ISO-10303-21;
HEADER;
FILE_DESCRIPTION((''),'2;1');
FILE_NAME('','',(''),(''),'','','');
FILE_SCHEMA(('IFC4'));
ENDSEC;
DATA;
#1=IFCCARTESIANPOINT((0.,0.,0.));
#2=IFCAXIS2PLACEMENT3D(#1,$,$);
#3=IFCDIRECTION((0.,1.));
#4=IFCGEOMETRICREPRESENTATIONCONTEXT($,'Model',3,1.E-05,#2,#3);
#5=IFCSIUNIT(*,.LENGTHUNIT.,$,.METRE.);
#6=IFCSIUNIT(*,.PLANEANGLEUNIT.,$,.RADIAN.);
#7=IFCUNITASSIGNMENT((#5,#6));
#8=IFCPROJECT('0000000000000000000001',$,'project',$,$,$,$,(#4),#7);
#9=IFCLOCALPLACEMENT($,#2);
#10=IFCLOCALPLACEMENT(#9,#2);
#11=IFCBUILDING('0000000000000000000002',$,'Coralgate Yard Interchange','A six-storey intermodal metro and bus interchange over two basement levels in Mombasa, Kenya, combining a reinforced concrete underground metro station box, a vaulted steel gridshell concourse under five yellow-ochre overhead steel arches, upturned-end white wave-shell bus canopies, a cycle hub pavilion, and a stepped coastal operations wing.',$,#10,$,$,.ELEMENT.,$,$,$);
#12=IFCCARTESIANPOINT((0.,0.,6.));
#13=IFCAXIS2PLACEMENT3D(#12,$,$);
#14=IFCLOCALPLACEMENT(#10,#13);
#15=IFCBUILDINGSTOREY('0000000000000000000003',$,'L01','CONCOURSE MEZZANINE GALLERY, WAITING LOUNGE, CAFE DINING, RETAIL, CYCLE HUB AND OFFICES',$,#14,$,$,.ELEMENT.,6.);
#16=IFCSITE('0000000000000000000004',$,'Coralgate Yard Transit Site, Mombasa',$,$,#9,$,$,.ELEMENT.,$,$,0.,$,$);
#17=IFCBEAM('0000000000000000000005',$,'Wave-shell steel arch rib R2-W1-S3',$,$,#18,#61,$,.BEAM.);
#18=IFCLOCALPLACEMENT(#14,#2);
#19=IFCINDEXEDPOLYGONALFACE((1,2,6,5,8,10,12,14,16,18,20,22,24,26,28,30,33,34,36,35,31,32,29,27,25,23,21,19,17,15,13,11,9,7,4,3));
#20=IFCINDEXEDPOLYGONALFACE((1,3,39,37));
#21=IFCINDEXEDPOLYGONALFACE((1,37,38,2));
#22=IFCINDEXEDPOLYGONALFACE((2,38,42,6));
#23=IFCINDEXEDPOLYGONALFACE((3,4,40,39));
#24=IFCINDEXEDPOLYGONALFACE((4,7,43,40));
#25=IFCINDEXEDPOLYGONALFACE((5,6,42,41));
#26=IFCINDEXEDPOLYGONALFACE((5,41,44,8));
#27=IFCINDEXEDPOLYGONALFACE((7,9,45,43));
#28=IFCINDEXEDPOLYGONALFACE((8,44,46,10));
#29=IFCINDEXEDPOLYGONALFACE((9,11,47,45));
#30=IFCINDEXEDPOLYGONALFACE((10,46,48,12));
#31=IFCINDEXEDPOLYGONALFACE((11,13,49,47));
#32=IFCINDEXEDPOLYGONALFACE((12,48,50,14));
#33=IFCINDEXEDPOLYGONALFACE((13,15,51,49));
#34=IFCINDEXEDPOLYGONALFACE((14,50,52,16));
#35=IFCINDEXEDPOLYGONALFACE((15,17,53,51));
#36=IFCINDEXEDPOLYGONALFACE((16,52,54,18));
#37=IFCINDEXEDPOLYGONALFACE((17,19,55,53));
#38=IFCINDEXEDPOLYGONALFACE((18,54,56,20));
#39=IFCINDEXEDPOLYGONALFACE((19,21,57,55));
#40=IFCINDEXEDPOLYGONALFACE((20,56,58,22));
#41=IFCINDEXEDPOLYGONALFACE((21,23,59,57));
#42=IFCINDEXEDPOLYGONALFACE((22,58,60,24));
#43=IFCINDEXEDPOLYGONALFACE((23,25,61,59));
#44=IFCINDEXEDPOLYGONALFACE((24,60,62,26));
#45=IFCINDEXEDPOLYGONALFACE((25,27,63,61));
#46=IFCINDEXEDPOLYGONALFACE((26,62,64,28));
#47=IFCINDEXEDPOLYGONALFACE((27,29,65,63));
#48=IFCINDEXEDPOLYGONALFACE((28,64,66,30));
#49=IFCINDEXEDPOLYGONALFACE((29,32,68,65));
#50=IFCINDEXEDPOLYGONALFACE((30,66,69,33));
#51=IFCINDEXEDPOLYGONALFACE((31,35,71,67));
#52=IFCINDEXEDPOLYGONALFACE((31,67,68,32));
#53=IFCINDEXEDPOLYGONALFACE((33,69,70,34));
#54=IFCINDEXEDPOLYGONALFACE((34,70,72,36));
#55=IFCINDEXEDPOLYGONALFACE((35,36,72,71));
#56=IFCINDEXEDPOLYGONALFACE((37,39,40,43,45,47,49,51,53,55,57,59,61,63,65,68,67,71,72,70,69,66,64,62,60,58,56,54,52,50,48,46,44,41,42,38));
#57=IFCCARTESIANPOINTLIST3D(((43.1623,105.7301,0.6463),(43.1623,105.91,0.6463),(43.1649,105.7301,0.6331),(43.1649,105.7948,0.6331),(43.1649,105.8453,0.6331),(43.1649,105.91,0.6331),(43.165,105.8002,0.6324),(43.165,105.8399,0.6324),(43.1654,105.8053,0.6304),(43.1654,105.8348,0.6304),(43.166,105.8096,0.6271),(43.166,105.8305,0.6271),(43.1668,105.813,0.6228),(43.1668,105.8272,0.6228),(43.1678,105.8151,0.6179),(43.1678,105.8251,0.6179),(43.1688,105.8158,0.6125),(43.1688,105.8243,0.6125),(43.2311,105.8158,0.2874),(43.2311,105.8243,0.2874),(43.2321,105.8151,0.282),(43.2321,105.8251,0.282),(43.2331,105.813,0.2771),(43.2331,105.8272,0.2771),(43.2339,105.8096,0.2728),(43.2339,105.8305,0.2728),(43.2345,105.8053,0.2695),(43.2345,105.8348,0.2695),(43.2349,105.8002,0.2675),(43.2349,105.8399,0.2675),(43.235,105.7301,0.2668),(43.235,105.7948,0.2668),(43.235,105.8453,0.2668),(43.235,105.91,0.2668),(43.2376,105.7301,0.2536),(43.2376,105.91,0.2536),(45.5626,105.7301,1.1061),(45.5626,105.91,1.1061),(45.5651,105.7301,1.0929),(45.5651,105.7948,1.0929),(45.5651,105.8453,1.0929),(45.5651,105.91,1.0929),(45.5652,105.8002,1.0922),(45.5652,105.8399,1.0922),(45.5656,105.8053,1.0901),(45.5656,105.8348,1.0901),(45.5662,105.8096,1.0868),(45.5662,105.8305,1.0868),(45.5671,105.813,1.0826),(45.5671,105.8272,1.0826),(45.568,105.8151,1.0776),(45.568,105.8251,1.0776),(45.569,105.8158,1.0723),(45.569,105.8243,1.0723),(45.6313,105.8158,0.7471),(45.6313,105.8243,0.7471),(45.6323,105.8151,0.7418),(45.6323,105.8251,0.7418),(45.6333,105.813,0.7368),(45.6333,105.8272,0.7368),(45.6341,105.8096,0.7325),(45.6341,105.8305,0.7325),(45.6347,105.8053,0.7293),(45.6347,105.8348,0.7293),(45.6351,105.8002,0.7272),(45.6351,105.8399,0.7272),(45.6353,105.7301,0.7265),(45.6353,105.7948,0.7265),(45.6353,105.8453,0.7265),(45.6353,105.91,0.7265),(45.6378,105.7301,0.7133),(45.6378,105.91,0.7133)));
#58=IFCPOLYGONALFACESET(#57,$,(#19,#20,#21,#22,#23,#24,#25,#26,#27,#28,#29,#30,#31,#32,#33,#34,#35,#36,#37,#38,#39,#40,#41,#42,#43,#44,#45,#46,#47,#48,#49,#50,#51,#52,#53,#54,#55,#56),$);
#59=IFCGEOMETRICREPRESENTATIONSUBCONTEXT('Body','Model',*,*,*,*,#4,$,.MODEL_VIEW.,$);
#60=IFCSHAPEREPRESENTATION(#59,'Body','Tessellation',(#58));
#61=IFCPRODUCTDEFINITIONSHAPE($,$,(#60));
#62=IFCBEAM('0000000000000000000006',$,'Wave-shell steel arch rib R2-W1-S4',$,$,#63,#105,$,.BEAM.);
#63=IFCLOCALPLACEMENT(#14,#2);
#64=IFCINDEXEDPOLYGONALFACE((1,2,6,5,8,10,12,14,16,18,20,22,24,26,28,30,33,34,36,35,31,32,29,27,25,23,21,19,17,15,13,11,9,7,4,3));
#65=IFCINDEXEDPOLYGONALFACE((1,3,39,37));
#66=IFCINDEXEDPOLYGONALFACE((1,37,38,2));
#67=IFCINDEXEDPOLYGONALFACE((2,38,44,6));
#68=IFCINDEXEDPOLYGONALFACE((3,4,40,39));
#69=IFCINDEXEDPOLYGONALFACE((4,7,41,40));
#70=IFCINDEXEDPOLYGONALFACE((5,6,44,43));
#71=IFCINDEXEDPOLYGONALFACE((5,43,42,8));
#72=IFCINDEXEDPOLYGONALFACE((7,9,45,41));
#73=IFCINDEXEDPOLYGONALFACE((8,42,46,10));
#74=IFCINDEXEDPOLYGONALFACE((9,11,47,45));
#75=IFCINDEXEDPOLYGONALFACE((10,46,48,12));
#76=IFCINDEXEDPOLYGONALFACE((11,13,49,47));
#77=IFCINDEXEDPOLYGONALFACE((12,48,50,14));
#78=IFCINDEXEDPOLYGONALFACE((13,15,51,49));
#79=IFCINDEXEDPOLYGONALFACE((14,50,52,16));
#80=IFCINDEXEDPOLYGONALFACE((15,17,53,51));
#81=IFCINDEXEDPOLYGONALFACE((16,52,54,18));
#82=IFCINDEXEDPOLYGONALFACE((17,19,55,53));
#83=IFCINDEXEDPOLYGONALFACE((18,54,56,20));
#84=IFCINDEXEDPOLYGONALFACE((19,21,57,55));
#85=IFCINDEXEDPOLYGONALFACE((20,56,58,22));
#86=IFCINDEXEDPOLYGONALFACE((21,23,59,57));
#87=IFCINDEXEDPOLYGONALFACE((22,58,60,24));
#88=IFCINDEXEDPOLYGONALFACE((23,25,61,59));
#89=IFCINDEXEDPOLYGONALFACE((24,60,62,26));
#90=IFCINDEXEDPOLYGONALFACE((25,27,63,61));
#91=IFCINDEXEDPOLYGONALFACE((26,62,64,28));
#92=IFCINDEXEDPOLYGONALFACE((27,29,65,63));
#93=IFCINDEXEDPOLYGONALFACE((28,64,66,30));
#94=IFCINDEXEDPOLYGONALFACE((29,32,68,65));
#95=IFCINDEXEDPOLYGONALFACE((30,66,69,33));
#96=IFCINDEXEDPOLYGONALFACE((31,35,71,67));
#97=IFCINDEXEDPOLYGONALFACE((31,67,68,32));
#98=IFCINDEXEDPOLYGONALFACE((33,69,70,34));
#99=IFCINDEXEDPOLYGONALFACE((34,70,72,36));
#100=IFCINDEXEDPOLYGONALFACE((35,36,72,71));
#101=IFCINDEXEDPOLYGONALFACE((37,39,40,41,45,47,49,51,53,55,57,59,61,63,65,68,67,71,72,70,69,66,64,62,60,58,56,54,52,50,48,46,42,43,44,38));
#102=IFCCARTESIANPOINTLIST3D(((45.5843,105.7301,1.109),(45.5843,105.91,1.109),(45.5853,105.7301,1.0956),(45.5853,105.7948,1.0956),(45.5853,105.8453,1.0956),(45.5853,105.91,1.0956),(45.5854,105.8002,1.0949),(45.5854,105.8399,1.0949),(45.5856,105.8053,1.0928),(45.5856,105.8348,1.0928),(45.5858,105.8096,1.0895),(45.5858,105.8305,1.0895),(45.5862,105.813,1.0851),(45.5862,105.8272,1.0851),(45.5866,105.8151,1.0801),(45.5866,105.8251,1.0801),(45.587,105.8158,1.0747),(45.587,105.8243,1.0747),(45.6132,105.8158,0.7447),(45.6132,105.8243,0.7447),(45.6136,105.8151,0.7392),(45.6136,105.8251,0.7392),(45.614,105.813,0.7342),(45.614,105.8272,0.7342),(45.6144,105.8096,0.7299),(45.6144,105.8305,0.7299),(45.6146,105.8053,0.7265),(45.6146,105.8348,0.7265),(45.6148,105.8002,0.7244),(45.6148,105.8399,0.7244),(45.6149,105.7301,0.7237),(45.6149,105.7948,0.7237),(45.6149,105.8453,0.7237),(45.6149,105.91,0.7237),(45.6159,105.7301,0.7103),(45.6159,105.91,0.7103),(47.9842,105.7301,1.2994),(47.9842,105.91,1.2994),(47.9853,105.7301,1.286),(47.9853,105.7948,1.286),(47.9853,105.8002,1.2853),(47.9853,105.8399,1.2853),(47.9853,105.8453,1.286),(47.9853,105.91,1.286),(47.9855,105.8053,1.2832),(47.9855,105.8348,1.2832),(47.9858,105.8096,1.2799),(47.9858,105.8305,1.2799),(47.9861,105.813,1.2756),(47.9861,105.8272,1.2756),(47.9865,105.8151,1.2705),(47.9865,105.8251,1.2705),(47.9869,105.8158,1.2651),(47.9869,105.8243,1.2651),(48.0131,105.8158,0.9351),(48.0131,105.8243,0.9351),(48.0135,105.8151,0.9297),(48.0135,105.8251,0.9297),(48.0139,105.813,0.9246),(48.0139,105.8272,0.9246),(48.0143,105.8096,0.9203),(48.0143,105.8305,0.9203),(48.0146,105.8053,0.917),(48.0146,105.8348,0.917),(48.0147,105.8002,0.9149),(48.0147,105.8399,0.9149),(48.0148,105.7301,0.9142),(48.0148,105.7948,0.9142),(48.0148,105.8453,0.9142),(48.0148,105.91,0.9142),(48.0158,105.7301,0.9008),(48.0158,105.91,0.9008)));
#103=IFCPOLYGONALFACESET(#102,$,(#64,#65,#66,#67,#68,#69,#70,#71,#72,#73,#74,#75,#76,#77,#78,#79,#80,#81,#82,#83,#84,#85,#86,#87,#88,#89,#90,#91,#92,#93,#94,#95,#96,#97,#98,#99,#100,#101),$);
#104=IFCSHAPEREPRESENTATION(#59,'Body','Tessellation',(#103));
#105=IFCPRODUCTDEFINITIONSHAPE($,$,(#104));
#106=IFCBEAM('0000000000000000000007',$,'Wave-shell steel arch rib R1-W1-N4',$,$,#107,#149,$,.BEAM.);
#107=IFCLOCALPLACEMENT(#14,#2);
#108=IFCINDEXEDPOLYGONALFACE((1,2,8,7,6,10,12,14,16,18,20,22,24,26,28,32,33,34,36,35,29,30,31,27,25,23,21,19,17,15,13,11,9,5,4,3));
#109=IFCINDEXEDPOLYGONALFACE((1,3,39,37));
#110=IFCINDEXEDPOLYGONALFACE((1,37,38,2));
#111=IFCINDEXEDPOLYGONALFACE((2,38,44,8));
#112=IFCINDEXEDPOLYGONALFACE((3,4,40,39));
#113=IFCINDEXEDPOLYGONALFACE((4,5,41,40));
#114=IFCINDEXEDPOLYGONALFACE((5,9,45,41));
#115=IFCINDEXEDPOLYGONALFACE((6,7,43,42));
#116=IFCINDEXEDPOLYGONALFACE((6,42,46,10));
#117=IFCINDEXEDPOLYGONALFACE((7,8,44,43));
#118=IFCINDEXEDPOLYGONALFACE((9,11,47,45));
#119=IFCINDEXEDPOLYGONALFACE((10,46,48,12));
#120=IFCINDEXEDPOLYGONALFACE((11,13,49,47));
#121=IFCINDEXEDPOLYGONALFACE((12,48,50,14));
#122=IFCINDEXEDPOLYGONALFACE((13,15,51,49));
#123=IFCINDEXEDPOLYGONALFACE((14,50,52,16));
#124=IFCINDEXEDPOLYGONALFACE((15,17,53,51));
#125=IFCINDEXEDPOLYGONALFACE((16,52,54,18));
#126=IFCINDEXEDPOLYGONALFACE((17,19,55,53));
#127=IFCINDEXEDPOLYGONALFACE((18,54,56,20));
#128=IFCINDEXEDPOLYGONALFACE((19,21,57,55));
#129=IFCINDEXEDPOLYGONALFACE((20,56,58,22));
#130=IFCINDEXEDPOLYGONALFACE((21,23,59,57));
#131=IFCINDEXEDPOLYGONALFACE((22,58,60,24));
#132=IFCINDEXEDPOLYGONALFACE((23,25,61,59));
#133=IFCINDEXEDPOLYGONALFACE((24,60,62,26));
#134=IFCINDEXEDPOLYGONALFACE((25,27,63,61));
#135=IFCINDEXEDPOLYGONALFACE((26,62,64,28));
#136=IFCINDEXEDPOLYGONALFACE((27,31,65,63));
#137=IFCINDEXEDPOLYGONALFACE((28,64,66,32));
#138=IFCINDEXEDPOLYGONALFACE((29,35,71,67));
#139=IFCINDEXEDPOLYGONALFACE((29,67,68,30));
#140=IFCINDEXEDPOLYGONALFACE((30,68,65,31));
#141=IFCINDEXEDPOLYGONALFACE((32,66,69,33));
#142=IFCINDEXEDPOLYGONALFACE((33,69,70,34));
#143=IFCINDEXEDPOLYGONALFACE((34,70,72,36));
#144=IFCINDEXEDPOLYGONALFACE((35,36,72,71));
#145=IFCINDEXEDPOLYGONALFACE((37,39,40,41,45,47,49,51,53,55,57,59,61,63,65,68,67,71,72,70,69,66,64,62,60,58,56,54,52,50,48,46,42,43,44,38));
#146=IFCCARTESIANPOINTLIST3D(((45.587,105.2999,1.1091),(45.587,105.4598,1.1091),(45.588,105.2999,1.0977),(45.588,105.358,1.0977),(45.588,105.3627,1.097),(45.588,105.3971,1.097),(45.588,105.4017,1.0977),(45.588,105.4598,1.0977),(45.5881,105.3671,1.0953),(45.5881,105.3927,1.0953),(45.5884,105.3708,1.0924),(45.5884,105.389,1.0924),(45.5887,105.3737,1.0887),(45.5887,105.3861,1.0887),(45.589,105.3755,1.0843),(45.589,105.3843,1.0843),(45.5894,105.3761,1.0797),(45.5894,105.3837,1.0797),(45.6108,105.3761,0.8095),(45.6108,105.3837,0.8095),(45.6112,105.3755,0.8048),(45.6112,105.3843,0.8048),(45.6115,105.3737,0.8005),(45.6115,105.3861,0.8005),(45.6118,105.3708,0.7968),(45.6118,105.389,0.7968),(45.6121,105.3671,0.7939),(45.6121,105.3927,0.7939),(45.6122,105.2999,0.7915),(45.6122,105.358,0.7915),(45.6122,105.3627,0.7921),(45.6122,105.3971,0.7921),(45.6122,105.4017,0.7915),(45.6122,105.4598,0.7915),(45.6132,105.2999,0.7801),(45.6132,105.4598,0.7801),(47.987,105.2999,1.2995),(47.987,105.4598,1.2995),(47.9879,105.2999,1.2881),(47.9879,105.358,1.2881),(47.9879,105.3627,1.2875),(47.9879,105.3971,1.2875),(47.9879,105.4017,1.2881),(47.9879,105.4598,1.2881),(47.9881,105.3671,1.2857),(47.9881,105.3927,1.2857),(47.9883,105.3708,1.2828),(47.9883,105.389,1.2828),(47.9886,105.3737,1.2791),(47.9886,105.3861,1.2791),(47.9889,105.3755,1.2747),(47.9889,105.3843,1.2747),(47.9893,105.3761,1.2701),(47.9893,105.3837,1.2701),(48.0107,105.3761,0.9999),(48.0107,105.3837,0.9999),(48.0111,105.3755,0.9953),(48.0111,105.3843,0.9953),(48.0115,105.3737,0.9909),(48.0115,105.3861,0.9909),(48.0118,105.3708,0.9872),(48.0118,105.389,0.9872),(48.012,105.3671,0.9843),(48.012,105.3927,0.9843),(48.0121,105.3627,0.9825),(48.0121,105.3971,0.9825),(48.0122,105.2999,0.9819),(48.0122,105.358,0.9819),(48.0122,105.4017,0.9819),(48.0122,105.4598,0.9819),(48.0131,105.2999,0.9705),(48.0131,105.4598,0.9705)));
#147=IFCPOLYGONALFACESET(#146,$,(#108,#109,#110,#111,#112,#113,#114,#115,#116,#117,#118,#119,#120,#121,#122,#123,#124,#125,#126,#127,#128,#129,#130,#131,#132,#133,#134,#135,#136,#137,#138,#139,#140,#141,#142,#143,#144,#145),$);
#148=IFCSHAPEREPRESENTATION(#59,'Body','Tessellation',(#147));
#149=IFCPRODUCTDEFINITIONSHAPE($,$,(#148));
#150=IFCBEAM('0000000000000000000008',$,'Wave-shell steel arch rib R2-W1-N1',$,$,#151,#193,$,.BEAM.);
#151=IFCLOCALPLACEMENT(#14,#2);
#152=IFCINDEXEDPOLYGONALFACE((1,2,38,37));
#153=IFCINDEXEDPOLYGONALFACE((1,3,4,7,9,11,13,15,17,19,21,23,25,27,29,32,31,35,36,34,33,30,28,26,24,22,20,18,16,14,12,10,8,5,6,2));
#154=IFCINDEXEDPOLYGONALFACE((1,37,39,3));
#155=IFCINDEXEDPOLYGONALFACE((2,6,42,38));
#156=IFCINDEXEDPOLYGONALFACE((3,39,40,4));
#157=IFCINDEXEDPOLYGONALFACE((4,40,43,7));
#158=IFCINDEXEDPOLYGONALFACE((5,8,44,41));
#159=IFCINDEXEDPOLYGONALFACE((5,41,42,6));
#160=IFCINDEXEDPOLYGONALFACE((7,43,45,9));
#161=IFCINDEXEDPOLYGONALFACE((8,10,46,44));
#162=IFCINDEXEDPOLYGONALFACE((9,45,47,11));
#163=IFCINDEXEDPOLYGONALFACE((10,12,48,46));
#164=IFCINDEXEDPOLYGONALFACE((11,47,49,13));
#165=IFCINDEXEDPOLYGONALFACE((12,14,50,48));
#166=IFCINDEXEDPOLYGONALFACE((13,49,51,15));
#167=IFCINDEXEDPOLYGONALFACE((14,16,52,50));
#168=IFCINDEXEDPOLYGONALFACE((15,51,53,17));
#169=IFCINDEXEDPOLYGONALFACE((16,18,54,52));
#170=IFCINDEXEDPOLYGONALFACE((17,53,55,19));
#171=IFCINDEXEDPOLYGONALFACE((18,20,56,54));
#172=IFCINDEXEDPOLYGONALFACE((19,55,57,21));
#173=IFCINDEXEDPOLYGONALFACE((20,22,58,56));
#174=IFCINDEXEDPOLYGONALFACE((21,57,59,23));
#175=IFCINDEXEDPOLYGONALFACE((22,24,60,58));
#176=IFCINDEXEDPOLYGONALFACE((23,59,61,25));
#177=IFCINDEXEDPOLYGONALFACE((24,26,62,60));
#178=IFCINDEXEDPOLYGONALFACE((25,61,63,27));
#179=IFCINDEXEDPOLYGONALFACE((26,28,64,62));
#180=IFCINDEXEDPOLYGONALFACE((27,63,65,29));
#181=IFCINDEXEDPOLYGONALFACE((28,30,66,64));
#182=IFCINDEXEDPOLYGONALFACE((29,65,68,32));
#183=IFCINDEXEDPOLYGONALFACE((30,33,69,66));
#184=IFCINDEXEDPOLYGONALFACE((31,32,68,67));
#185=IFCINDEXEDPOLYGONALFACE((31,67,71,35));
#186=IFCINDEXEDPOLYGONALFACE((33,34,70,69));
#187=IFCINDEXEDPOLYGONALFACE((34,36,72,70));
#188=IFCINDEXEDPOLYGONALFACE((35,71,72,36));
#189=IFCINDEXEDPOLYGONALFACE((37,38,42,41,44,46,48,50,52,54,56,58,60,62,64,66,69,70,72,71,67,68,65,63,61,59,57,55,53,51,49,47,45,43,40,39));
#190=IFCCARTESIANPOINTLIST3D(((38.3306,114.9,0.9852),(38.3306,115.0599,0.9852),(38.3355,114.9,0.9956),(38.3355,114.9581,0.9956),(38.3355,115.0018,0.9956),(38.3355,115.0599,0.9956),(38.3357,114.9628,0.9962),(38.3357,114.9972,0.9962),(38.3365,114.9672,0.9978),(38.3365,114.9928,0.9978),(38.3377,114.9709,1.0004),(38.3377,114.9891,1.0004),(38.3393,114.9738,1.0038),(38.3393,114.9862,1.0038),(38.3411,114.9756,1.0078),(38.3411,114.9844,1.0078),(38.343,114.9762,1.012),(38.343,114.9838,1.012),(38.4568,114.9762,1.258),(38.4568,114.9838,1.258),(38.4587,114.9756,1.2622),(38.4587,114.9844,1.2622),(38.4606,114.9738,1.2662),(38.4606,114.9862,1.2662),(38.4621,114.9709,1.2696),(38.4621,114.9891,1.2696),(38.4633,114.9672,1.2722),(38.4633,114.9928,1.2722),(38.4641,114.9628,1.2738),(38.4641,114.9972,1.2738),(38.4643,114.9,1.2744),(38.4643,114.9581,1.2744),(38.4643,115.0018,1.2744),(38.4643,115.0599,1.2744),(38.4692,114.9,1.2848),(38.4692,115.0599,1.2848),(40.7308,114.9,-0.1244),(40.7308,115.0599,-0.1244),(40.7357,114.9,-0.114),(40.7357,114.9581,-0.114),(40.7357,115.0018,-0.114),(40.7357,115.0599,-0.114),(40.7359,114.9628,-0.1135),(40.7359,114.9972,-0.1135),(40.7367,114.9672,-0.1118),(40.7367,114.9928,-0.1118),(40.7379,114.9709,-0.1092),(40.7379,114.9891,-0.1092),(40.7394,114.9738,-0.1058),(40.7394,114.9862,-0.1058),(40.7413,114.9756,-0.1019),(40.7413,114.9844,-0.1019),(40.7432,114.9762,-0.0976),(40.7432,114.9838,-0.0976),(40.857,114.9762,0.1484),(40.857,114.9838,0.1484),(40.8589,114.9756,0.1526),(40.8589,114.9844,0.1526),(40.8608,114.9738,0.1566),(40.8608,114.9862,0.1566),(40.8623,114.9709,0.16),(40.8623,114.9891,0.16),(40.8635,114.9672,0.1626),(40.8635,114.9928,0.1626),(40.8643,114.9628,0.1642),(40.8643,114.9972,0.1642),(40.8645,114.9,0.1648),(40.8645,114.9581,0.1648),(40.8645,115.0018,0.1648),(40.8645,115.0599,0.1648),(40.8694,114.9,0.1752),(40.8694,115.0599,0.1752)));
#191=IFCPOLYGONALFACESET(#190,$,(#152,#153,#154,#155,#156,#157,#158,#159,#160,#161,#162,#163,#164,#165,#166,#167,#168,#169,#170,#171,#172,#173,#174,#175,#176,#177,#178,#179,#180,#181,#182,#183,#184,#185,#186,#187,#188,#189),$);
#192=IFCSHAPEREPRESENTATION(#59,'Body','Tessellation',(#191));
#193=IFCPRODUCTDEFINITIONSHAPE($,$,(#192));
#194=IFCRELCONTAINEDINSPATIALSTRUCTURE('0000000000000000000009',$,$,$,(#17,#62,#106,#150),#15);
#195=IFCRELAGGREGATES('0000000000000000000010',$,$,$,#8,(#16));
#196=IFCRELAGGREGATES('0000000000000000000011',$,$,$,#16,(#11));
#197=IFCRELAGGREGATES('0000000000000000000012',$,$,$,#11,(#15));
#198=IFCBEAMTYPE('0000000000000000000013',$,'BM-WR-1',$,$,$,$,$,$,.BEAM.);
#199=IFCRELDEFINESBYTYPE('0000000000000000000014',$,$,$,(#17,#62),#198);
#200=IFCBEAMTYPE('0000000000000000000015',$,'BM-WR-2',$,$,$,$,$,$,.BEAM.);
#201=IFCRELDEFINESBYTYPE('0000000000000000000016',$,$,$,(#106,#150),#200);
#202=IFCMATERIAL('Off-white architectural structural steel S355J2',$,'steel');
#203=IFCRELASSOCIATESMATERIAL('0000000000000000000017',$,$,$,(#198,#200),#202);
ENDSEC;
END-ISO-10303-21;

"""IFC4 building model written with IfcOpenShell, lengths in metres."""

from ifc_helpers import new_model, si_unit, direction, frame, origin, origin_2d, place, context, subcontext, project, spatial, i_section, extrude, material, material_profile, profile_set, type_object, element, save


model = new_model("IFC4")

# Units and contexts
model_context = context("Model", 3, precision=1e-05, world=origin(), true_north=direction((0.0, 1.0)))
body_context = subcontext(model_context, "Body", "Model", "MODEL_VIEW")
ifc_project = project(units=[si_unit("LENGTHUNIT", "METRE"), si_unit("PLANEANGLEUNIT", "RADIAN")], contexts=[model_context])

# Site, building, storey
site_placement = place(None, origin())
site = spatial("IfcSite", under=ifc_project, at=site_placement, Name="Coralgate Yard Transit Site, Mombasa", CompositionType="ELEMENT", RefElevation=0.0)
building_placement = place(site_placement, origin())
building = spatial("IfcBuilding", under=site, at=building_placement, Name="Coralgate Yard Interchange", Description="A six-storey intermodal metro and bus interchange over two basement levels in Mombasa, Kenya, combining a reinforced concrete underground metro station box, a vaulted steel gridshell concourse under five yellow-ochre overhead steel arches, upturned-end white wave-shell bus canopies, a cycle hub pavilion, and a stepped coastal operations wing.", CompositionType="ELEMENT")
storey_placement = place(building_placement, frame((0.0, 0.0, 6.0)))
storey = spatial("IfcBuildingStorey", under=building, at=storey_placement, Name="L01", Description="CONCOURSE MEZZANINE GALLERY, WAITING LOUNGE, CAFE DINING, RETAIL, CYCLE HUB AND OFFICES", CompositionType="ELEMENT", Elevation=6.0)

# Beams
ifc_material_1 = material(Name="Off-white architectural structural steel S355J2", Category="steel")
ifc_material_profile_1 = material_profile(ifc_material_1, i_section(OverallWidth=0.1799, OverallDepth=0.3999, WebThickness=0.0085, FlangeThickness=0.0134, FilletRadius=0.021, at=origin_2d()), Name="IPE 400")
ifc_profile_set_1 = profile_set([ifc_material_profile_1], Name="Off-white architectural structural steel S355J2")
beam_type_1 = type_object("IfcBeamType", Name="BM-WR-1", PredefinedType="BEAM", material=ifc_profile_set_1)
beam_1_placement = place(storey_placement, frame((43.2, 105.8201, 0.45), z_axis=(0.982147, 0.0, 0.188117), x_axis=(0.0, 1.0, 0.0)))
element("IfcBeam", 1, at=beam_1_placement, inside=storey, type_object=beam_type_1, Name="Wave-shell steel arch rib R2-W1-S3", PredefinedType="BEAM", context=body_context, shape_type="SweptSolid", body=[
    extrude(i_section(OverallWidth=0.1799, OverallDepth=0.3999, WebThickness=0.0085, FlangeThickness=0.0134, FilletRadius=0.021, at=origin_2d()), origin(), (0.0, 0.0, 1.0), 2.4438),
])
beam_2_placement = place(storey_placement, frame((45.6001, 105.8201, 0.9097), z_axis=(0.996867, 0.0, 0.0791), x_axis=(0.0, 1.0, 0.0)))
element("IfcBeam", 2, at=beam_2_placement, inside=storey, type_object=beam_type_1, Name="Wave-shell steel arch rib R2-W1-S4", PredefinedType="BEAM", context=body_context, shape_type="SweptSolid", body=[
    extrude(i_section(OverallWidth=0.1799, OverallDepth=0.3999, WebThickness=0.0085, FlangeThickness=0.0134, FilletRadius=0.021, at=origin_2d()), origin(), (0.0, 0.0, 1.0), 2.4075),
])
ifc_material_profile_2 = material_profile(ifc_material_1, i_section(OverallWidth=0.1599, OverallDepth=0.3301, WebThickness=0.0076, FlangeThickness=0.0115, FilletRadius=0.0181, at=origin_2d()), Name="IPE 330")
ifc_profile_set_2 = profile_set([ifc_material_profile_2], Name="Off-white architectural structural steel S355J2")
beam_type_2 = type_object("IfcBeamType", Name="BM-WR-2", PredefinedType="BEAM", material=ifc_profile_set_2)
beam_3_placement = place(storey_placement, frame((45.6001, 105.3799, 0.9446), z_axis=(0.996867, 0.0, 0.0791), x_axis=(0.0, 1.0, 0.0)))
element("IfcBeam", 3, at=beam_3_placement, inside=storey, type_object=beam_type_2, Name="Wave-shell steel arch rib R1-W1-N4", PredefinedType="BEAM", context=body_context, shape_type="SweptSolid", body=[
    extrude(i_section(OverallWidth=0.1599, OverallDepth=0.3301, WebThickness=0.0076, FlangeThickness=0.0115, FilletRadius=0.0181, at=origin_2d()), origin(), (0.0, 0.0, 1.0), 2.4075),
])
beam_4_placement = place(storey_placement, frame((38.3999, 114.98, 1.135), z_axis=(0.907692, 0.0, -0.419638), x_axis=(0.0, 1.0, 0.0)))
element("IfcBeam", 4, at=beam_4_placement, inside=storey, type_object=beam_type_2, Name="Wave-shell steel arch rib R2-W1-N1", PredefinedType="BEAM", context=body_context, shape_type="SweptSolid", body=[
    extrude(i_section(OverallWidth=0.1599, OverallDepth=0.3301, WebThickness=0.0076, FlangeThickness=0.0115, FilletRadius=0.0181, at=origin_2d()), origin(), (0.0, 0.0, 1.0), 2.6443),
])

save(model, "model.ifc")
